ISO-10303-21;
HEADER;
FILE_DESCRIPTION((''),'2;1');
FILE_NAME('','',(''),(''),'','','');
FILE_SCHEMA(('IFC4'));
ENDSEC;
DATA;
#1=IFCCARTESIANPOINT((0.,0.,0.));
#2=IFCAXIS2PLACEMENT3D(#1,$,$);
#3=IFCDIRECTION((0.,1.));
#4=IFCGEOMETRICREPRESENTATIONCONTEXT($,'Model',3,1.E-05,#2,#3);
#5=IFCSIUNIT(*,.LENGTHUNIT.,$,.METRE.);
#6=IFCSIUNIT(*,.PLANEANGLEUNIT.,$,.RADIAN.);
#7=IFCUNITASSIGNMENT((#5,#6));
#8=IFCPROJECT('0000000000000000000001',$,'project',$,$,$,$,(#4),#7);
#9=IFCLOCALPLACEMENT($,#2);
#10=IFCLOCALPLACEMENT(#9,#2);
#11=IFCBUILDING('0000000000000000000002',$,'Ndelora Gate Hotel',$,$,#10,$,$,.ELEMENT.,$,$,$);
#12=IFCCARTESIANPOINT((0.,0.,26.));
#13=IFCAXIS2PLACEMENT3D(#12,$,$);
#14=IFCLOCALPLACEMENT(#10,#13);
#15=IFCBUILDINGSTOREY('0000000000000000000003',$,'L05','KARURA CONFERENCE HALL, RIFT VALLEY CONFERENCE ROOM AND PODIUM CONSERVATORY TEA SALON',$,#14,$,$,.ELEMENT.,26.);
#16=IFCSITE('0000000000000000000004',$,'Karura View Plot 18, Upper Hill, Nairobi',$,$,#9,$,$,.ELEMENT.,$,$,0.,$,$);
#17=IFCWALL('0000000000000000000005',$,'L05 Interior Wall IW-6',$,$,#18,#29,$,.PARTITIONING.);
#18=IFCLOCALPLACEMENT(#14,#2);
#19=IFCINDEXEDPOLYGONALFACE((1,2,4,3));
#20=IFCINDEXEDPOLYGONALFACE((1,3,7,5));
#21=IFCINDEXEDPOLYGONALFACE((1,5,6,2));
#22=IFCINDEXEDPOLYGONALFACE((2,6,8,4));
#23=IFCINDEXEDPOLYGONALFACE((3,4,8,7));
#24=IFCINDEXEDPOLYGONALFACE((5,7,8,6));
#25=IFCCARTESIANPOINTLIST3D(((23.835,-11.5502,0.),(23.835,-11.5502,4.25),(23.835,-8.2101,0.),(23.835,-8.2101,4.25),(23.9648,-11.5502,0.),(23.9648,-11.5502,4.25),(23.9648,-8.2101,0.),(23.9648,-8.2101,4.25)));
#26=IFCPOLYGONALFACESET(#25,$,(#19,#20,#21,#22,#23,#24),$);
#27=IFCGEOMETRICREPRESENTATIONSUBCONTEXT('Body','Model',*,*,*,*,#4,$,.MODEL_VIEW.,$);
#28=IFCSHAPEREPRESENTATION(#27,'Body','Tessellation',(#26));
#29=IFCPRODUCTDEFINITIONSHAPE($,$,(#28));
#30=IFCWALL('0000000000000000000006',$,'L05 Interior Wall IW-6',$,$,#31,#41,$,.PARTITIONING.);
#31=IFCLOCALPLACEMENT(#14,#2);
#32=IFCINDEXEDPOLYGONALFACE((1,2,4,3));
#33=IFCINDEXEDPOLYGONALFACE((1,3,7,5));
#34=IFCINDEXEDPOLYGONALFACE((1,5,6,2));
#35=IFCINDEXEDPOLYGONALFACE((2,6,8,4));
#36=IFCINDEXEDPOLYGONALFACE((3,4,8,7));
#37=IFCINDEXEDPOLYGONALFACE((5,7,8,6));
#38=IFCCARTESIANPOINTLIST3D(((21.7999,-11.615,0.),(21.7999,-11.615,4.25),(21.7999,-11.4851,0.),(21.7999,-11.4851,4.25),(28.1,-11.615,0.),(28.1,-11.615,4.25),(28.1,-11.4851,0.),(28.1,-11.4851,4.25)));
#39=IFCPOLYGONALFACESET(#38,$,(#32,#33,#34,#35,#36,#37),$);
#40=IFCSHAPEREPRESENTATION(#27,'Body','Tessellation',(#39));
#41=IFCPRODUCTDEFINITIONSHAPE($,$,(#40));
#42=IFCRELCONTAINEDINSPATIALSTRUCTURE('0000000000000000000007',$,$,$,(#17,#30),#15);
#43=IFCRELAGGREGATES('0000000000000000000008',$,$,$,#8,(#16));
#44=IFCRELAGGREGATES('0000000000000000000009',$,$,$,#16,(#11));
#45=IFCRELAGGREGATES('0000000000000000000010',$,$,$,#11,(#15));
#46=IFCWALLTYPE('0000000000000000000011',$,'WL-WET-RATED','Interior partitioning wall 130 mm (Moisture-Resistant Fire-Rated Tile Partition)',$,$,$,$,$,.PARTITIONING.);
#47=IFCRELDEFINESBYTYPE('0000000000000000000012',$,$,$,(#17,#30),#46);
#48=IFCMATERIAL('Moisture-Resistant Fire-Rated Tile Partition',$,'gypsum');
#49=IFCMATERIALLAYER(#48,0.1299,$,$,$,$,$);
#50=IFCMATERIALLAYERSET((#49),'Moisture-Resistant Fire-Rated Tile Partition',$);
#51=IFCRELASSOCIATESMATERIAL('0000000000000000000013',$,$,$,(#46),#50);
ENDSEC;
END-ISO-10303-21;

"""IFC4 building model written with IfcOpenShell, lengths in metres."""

from ifc_helpers import new_model, si_unit, direction, frame, frame_2d, origin, place, context, subcontext, project, spatial, rectangle, extrude, material, layer, layer_set, type_object, element, save


model = new_model("IFC4")

# Units and contexts
model_context = context("Model", 3, precision=1e-05, world=origin(), true_north=direction((0.0, 1.0)))
body_context = subcontext(model_context, "Body", "Model", "MODEL_VIEW")
ifc_project = project(units=[si_unit("LENGTHUNIT", "METRE"), si_unit("PLANEANGLEUNIT", "RADIAN")], contexts=[model_context])

# Site, building, storey
site_placement = place(None, origin())
site = spatial("IfcSite", under=ifc_project, at=site_placement, Name="Karura View Plot 18, Upper Hill, Nairobi", CompositionType="ELEMENT", RefElevation=0.0)
building_placement = place(site_placement, origin())
building = spatial("IfcBuilding", under=site, at=building_placement, Name="Ndelora Gate Hotel", CompositionType="ELEMENT")
storey_placement = place(building_placement, frame((0.0, 0.0, 26.0)))
storey = spatial("IfcBuildingStorey", under=building, at=storey_placement, Name="L05", Description="KARURA CONFERENCE HALL, RIFT VALLEY CONFERENCE ROOM AND PODIUM CONSERVATORY TEA SALON", CompositionType="ELEMENT", Elevation=26.0)

# Walls
ifc_material_1 = material(Name="Moisture-Resistant Fire-Rated Tile Partition", Category="gypsum")
ifc_layer_1 = layer(ifc_material_1, 0.1299)
ifc_layer_set_1 = layer_set([ifc_layer_1], Name="Moisture-Resistant Fire-Rated Tile Partition")
wall_type_1 = type_object("IfcWallType", Name="WL-WET-RATED", Description="Interior partitioning wall 130 mm (Moisture-Resistant Fire-Rated Tile Partition)", PredefinedType="PARTITIONING", material=ifc_layer_set_1)
for number, where, z_axis, x_axis, name in (
    (1, (23.8999, -11.55, 0.0), (0.0, 0.0, 1.0), (0.0, 1.0, 0.0), "L05 Interior Wall IW-6"),
):
    element("IfcWall", number, at=place(storey_placement, frame(where, z_axis=z_axis, x_axis=x_axis)), inside=storey, type_object=wall_type_1, Name=name, PredefinedType="PARTITIONING", context=body_context, shape_type="SweptSolid", body=[
        extrude(rectangle(XDim=3.3401, YDim=0.1299, at=frame_2d((1.6699, 0.0))), origin(), (0.0, 0.0, 1.0), 4.25),
    ])
wall_1_placement = place(storey_placement, frame((21.8, -11.55, 0.0), z_axis=(0.0, 0.0, 1.0), x_axis=(1.0, 0.0, 0.0)))
element("IfcWall", 2, at=wall_1_placement, inside=storey, type_object=wall_type_1, Name="L05 Interior Wall IW-6", PredefinedType="PARTITIONING", context=body_context, shape_type="SweptSolid", body=[
    extrude(rectangle(XDim=6.3, YDim=0.1299, at=frame_2d((3.1499, 0.0))), origin(), (0.0, 0.0, 1.0), 4.25),
])

save(model, "model.ifc")
